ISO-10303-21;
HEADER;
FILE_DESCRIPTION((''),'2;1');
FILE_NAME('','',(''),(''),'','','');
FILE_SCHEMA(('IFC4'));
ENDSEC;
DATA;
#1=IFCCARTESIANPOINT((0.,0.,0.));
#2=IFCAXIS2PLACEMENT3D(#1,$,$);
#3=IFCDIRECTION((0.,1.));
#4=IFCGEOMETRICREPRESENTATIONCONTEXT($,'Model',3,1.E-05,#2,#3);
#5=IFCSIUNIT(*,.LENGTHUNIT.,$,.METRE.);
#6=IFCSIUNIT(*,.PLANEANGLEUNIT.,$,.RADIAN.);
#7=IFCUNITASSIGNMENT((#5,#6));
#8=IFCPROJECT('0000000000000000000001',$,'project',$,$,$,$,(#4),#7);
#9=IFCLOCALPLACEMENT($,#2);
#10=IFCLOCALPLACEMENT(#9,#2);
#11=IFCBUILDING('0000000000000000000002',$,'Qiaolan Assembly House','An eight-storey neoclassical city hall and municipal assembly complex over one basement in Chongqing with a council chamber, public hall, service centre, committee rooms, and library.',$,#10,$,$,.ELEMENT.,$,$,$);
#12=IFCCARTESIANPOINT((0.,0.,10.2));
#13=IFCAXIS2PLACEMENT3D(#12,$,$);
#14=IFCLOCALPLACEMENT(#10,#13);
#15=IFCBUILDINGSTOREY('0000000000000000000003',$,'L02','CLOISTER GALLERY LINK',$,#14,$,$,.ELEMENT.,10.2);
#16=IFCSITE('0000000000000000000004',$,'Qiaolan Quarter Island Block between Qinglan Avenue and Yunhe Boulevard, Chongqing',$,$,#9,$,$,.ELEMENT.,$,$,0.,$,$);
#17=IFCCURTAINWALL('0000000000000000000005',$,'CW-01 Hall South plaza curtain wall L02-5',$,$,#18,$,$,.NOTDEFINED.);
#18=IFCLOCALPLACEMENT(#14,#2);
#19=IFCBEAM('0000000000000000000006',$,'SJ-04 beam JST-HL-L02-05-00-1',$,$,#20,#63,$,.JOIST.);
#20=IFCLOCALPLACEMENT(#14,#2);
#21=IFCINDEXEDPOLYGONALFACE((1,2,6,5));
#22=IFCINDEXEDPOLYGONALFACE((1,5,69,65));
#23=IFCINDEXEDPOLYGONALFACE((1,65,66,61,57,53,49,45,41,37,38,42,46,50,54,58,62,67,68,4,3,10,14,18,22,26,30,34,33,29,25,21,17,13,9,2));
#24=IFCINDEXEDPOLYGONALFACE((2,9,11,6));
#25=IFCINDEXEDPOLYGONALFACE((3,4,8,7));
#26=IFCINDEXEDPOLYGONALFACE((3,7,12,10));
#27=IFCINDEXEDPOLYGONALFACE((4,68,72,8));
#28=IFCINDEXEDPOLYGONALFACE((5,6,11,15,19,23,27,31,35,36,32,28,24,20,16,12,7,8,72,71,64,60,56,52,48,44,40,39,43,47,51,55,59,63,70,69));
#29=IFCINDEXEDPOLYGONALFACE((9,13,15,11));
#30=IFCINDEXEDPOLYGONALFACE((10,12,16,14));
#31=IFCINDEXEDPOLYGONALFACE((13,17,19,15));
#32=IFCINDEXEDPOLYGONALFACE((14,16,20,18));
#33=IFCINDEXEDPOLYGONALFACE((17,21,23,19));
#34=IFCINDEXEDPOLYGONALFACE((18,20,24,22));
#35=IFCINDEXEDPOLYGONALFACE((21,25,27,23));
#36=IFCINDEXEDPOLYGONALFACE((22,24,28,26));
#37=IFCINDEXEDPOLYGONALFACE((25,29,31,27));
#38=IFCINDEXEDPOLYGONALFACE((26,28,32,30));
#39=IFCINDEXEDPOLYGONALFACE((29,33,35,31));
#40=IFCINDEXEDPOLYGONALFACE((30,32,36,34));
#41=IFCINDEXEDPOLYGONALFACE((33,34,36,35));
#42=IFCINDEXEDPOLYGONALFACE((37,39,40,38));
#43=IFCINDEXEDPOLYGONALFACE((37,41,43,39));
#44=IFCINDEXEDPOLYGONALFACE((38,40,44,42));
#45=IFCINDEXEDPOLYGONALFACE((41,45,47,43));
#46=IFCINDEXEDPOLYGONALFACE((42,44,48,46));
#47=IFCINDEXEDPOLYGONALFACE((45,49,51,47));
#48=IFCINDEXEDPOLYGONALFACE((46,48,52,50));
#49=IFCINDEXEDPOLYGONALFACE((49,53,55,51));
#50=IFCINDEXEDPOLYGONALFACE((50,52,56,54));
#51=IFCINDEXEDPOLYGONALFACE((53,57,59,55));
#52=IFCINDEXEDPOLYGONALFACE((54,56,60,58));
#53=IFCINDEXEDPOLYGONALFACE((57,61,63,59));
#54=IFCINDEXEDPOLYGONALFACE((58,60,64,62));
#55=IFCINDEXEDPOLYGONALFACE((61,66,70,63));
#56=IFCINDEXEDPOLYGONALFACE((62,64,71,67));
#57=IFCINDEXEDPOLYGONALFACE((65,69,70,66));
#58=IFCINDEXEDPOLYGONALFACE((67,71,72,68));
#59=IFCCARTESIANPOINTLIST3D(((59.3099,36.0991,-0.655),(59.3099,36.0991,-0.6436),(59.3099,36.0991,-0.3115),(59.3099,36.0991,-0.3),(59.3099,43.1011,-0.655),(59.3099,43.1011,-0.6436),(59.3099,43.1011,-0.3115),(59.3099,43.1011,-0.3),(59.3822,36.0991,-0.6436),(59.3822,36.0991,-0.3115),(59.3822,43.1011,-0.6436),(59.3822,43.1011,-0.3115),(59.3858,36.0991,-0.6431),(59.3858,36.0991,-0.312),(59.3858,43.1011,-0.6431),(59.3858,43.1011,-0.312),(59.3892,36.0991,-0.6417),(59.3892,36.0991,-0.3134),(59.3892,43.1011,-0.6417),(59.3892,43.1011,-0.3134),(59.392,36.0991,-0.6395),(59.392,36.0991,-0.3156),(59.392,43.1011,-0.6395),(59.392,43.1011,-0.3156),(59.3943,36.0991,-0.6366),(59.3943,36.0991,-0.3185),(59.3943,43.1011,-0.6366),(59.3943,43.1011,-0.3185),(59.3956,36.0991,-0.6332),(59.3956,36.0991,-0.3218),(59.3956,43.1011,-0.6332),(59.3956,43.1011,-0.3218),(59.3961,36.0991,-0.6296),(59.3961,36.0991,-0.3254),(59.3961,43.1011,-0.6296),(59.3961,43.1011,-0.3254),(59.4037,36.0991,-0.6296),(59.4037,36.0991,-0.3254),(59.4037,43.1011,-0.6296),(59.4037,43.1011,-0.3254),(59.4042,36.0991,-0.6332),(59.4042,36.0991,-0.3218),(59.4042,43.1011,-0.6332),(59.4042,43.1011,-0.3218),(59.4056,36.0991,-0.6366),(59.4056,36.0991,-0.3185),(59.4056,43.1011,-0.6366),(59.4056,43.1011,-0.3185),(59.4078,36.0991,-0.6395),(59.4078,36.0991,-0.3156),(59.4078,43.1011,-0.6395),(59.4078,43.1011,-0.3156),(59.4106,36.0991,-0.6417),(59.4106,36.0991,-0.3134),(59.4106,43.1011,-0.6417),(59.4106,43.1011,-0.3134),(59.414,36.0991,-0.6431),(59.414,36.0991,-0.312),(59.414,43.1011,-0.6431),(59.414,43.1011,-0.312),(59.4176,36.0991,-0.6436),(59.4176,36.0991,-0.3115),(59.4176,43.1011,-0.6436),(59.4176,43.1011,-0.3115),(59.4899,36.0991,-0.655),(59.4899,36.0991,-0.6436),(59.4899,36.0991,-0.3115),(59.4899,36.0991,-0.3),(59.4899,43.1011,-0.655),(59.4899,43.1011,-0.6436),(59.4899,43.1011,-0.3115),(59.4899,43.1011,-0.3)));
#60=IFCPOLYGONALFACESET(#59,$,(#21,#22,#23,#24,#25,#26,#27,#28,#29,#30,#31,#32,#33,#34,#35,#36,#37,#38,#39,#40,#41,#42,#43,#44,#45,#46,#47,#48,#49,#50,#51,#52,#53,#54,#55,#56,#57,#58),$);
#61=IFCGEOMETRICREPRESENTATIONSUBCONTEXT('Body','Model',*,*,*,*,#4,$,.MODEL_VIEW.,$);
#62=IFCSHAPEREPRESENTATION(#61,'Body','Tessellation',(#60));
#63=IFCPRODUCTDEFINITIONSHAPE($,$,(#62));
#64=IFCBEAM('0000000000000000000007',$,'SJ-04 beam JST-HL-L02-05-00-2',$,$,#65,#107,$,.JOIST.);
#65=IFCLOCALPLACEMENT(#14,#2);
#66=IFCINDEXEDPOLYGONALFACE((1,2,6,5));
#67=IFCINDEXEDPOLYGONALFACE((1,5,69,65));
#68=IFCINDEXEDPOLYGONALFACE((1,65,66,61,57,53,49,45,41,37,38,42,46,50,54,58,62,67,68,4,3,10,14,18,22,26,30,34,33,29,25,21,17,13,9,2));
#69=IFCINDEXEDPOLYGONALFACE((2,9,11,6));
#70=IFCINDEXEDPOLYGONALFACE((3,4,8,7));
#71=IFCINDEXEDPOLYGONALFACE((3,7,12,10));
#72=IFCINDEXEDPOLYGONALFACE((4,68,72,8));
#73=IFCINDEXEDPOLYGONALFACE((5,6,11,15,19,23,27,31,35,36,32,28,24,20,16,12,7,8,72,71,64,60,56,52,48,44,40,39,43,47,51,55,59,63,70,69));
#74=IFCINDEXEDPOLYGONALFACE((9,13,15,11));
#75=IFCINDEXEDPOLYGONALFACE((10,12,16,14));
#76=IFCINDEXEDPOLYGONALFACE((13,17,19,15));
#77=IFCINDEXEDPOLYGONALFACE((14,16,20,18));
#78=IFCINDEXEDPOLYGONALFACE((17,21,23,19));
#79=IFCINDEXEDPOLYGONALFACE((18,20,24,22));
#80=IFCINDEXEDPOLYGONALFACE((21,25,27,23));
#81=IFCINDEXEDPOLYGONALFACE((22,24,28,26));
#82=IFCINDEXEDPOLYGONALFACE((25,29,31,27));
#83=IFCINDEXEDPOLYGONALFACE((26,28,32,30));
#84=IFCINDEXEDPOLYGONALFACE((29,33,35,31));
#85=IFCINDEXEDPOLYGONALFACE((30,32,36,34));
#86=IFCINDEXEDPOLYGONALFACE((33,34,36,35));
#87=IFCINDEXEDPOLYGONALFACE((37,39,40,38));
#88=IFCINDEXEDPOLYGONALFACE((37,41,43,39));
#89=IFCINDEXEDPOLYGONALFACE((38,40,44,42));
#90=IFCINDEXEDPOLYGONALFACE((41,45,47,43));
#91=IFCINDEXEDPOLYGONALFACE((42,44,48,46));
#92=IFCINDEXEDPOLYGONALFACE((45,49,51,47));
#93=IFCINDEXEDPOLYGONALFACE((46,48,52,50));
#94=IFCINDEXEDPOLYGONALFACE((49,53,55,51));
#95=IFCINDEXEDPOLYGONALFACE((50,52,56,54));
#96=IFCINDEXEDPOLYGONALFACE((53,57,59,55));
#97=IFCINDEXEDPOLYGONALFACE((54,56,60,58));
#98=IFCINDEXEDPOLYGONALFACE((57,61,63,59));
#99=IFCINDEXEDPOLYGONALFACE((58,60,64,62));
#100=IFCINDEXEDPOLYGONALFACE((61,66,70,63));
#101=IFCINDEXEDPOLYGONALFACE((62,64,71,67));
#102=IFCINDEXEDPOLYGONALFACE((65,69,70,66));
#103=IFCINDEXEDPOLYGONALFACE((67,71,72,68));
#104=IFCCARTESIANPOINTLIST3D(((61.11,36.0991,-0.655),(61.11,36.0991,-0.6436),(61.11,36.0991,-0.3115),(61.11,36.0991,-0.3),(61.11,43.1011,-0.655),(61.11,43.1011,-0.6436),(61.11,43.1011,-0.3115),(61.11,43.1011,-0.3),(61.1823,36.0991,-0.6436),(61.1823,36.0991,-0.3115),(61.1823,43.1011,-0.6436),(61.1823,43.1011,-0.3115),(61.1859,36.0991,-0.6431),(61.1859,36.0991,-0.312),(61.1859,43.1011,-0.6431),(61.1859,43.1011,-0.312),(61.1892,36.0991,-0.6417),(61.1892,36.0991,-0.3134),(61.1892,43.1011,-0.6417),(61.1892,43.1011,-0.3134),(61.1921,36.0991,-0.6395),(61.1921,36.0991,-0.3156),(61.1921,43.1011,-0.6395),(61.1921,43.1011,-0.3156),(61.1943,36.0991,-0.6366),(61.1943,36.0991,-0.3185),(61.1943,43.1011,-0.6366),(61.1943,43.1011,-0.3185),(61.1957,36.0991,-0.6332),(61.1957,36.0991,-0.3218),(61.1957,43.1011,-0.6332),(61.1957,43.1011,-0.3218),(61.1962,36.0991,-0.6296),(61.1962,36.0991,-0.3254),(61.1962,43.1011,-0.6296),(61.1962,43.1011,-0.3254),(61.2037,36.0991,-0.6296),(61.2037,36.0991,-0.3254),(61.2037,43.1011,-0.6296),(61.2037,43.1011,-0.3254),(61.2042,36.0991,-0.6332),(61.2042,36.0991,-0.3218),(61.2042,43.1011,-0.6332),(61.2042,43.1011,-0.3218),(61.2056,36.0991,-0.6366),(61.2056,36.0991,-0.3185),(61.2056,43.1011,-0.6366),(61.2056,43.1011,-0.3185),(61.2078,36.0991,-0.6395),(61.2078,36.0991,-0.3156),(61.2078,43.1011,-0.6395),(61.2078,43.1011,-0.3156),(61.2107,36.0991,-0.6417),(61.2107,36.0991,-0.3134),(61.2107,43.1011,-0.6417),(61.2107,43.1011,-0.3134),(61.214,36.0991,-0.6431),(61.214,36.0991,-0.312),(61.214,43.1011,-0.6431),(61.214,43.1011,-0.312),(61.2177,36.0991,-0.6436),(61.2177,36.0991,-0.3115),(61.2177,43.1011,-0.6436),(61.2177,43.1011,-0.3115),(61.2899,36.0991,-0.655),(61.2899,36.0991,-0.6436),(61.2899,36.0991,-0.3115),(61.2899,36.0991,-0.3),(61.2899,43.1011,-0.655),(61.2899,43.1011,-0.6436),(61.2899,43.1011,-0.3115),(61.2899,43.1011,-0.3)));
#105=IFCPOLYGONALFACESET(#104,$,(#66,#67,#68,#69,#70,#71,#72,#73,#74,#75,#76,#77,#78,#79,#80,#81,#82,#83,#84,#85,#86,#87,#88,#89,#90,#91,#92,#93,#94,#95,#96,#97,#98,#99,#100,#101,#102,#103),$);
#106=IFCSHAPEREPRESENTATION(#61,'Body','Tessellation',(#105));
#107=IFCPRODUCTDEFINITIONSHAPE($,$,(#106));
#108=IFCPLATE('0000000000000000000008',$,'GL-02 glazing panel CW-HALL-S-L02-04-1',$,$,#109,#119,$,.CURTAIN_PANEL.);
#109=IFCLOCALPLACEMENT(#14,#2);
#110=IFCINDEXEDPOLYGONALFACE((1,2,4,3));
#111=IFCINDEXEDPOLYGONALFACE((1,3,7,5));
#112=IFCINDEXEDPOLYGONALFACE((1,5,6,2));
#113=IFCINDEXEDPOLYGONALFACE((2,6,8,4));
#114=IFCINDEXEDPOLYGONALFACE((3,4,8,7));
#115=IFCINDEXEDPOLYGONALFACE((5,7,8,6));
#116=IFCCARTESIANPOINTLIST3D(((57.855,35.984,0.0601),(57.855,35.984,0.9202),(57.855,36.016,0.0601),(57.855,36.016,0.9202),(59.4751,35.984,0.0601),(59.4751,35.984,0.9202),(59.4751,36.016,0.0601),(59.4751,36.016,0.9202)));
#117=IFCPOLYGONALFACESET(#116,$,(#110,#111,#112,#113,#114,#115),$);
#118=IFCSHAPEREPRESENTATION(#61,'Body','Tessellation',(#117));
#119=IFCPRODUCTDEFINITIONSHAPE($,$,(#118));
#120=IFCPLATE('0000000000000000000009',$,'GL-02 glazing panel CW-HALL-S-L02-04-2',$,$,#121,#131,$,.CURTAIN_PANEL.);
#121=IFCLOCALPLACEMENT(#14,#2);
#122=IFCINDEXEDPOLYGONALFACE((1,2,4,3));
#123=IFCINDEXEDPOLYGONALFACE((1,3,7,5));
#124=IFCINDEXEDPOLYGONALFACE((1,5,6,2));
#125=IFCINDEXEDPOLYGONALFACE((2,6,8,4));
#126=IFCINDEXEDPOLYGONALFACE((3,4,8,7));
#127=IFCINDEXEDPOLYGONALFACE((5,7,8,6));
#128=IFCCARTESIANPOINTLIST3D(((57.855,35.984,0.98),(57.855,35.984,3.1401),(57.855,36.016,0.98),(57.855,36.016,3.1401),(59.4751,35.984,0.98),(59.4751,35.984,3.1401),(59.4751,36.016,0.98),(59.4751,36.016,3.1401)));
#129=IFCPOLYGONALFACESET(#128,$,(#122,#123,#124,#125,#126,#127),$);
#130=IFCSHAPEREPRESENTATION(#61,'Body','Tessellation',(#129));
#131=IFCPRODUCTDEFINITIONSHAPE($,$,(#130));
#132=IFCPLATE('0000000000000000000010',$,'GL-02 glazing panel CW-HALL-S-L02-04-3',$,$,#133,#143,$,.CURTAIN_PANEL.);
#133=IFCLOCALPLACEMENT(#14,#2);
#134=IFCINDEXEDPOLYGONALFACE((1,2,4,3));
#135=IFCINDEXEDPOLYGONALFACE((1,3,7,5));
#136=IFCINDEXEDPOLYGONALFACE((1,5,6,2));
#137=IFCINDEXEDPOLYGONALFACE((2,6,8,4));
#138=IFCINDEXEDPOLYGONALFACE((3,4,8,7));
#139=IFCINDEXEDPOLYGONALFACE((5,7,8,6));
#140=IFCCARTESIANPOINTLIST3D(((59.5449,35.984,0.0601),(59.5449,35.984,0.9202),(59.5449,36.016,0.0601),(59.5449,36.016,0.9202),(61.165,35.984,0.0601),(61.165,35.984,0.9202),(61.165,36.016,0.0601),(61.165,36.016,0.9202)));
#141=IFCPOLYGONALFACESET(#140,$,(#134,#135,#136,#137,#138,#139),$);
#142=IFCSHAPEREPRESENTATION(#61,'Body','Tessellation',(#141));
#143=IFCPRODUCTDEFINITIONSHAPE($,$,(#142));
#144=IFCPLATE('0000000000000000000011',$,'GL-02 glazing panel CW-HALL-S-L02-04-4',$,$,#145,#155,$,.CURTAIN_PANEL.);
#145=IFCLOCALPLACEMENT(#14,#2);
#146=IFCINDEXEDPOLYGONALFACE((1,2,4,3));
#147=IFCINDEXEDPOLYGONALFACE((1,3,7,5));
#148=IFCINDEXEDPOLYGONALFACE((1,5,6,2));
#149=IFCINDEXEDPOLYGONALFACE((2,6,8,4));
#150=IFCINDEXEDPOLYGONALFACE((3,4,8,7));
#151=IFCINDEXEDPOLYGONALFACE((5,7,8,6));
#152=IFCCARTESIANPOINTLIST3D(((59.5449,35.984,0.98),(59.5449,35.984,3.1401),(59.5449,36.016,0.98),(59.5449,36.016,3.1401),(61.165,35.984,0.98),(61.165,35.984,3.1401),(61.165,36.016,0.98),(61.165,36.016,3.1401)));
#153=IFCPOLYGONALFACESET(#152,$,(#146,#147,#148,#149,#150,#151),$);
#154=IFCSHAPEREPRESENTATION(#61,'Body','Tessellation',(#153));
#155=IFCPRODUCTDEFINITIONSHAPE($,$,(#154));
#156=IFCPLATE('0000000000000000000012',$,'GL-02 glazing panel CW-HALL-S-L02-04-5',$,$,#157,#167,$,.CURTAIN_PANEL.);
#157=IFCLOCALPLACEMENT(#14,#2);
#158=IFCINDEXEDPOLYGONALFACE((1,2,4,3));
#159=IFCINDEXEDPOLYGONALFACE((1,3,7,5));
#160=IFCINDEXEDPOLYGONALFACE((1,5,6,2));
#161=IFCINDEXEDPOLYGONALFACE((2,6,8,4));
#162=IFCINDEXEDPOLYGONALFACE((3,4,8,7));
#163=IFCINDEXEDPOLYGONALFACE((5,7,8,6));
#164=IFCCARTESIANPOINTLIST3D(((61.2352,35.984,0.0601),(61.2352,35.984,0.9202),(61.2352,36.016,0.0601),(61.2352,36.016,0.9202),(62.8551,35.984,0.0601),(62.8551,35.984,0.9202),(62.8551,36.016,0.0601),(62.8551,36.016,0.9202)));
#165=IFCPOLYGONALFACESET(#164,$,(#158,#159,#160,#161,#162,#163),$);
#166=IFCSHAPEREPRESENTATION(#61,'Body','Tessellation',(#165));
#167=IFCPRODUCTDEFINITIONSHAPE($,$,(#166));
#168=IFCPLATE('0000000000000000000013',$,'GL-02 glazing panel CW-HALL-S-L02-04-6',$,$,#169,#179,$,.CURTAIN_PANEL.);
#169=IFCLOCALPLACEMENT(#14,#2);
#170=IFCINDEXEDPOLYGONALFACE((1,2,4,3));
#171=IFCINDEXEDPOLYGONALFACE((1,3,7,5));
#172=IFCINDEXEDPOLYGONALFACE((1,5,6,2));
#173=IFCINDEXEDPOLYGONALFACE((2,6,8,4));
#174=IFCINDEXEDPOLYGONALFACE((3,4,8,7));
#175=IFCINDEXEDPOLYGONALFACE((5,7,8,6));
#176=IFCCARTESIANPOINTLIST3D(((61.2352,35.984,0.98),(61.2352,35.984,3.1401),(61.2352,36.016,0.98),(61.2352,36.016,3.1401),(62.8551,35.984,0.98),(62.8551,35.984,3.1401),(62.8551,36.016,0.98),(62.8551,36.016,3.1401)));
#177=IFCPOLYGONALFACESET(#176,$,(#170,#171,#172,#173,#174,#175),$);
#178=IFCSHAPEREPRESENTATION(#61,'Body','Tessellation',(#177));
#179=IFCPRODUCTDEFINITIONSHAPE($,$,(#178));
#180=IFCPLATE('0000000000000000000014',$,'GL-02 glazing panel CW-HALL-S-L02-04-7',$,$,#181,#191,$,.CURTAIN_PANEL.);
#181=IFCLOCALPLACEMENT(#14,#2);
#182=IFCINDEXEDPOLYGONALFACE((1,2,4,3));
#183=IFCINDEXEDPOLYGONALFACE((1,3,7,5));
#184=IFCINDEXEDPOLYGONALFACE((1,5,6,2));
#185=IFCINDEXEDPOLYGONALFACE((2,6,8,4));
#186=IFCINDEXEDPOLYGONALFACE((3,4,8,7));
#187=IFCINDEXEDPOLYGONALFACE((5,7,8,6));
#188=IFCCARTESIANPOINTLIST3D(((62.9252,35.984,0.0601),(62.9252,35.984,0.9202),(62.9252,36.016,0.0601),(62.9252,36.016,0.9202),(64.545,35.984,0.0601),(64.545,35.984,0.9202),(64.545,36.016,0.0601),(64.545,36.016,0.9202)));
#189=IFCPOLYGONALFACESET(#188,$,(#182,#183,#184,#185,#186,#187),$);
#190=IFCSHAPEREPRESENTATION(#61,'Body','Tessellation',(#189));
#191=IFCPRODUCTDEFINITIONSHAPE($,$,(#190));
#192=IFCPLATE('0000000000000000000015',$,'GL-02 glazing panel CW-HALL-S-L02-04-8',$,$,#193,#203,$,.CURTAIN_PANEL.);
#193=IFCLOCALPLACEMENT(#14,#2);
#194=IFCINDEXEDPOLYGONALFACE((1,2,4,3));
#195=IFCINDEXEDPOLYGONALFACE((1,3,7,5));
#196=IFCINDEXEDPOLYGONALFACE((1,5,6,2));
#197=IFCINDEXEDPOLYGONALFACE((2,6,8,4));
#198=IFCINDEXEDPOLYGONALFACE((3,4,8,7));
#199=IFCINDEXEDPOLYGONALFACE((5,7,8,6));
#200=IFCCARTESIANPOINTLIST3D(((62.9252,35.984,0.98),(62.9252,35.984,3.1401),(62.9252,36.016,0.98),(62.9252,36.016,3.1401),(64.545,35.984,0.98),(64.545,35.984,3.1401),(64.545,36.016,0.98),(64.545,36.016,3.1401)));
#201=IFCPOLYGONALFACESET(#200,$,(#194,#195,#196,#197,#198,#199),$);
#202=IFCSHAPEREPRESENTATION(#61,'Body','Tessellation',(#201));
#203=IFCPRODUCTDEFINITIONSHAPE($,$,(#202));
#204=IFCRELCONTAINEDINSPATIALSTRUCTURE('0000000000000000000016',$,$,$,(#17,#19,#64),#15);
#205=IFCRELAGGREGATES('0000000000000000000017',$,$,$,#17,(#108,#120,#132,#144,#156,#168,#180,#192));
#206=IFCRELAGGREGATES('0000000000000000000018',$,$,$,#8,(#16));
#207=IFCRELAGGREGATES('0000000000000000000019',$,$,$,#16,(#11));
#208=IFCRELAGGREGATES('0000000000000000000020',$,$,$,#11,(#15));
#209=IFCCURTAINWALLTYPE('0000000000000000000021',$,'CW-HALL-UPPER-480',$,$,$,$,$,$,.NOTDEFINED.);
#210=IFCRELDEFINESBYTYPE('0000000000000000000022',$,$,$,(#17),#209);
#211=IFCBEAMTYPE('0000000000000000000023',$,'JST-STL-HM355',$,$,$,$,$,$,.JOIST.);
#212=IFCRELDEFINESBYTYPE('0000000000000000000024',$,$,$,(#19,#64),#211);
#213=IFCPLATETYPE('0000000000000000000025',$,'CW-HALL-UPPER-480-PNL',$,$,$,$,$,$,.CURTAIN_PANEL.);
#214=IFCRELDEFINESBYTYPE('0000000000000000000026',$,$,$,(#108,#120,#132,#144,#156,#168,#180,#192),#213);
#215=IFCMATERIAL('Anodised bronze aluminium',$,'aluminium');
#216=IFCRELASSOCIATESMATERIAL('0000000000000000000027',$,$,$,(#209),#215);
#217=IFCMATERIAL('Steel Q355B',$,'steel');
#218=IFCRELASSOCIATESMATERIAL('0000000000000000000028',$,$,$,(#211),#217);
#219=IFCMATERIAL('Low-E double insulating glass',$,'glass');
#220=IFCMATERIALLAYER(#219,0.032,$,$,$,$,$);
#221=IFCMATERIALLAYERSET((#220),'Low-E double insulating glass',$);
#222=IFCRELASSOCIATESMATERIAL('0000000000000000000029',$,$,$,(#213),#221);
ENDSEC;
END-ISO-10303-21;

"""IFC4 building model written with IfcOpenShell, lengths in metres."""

from ifc_helpers import new_model, si_unit, direction, frame, frame_2d, origin, origin_2d, place, context, subcontext, project, spatial, rectangle, i_section, extrude, material, layer, layer_set, material_profile, profile_set, type_object, element, aggregate, save


model = new_model("IFC4")

# Units and contexts
model_context = context("Model", 3, precision=1e-05, world=origin(), true_north=direction((0.0, 1.0)))
body_context = subcontext(model_context, "Body", "Model", "MODEL_VIEW")
ifc_project = project(units=[si_unit("LENGTHUNIT", "METRE"), si_unit("PLANEANGLEUNIT", "RADIAN")], contexts=[model_context])

# Site, building, storey
site_placement = place(None, origin())
site = spatial("IfcSite", under=ifc_project, at=site_placement, Name="Qiaolan Quarter Island Block between Qinglan Avenue and Yunhe Boulevard, Chongqing", CompositionType="ELEMENT", RefElevation=0.0)
building_placement = place(site_placement, origin())
building = spatial("IfcBuilding", under=site, at=building_placement, Name="Qiaolan Assembly House", Description="An eight-storey neoclassical city hall and municipal assembly complex over one basement in Chongqing with a council chamber, public hall, service centre, committee rooms, and library.", CompositionType="ELEMENT")
storey_placement = place(building_placement, frame((0.0, 0.0, 10.2)))
storey = spatial("IfcBuildingStorey", under=building, at=storey_placement, Name="L02", Description="CLOISTER GALLERY LINK", CompositionType="ELEMENT", Elevation=10.2)

# Curtain wall
ifc_material_1 = material(Name="Anodised bronze aluminium", Category="aluminium")
curtain_wall_type = type_object("IfcCurtainWallType", Name="CW-HALL-UPPER-480", PredefinedType="NOTDEFINED", material=ifc_material_1)
curtain_wall_placement = place(storey_placement, origin())
curtain_wall = element("IfcCurtainWall", 1, at=curtain_wall_placement, inside=storey, type_object=curtain_wall_type, Name="CW-01 Hall South plaza curtain wall L02-5", PredefinedType="NOTDEFINED")

# Beams
ifc_material_2 = material(Name="Steel Q355B", Category="steel")
ifc_material_profile_1 = material_profile(ifc_material_2, i_section(OverallWidth=0.1799, OverallDepth=0.355, WebThickness=0.0076, FlangeThickness=0.0115, FilletRadius=0.0139, at=origin_2d()), Name="HM 355x180x7.5x11.5")
ifc_profile_set_1 = profile_set([ifc_material_profile_1], Name="Steel Q355B")
beam_type = type_object("IfcBeamType", Name="JST-STL-HM355", PredefinedType="JOIST", material=ifc_profile_set_1)
for number, where, z_axis, x_axis, name in (
    (2, (59.3999, 36.0991, -0.4775), (0.0, 1.0, 0.0), (-1.0, 0.0, 0.0), "SJ-04 beam JST-HL-L02-05-00-1"),
    (3, (61.2, 36.0991, -0.4775), (0.0, 1.0, 0.0), (-1.0, 0.0, 0.0), "SJ-04 beam JST-HL-L02-05-00-2"),
):
    element("IfcBeam", number, at=place(storey_placement, frame(where, z_axis=z_axis, x_axis=x_axis)), inside=storey, type_object=beam_type, Name=name, PredefinedType="JOIST", context=body_context, shape_type="SweptSolid", body=[
        extrude(i_section(OverallWidth=0.1799, OverallDepth=0.355, WebThickness=0.0076, FlangeThickness=0.0115, FilletRadius=0.0139, at=origin_2d()), origin(), (0.0, 0.0, 1.0), 7.002),
    ])

# Plates
ifc_material_3 = material(Name="Low-E double insulating glass", Category="glass")
ifc_layer = layer(ifc_material_3, 0.032)
ifc_layer_set = layer_set([ifc_layer], Name="Low-E double insulating glass")
plate_type = type_object("IfcPlateType", Name="CW-HALL-UPPER-480-PNL", PredefinedType="CURTAIN_PANEL", material=ifc_layer_set)
plate_1_placement = place(storey_placement, frame((57.855, 36.0, 0.0601), z_axis=(0.0, 0.0, 1.0), x_axis=(1.0, 0.0, 0.0)))
plate_1 = element("IfcPlate", 4, at=plate_1_placement, type_object=plate_type, Name="GL-02 glazing panel CW-HALL-S-L02-04-1", PredefinedType="CURTAIN_PANEL", context=body_context, shape_type="SweptSolid", body=[
    extrude(rectangle(XDim=1.6201, YDim=0.032, at=frame_2d((0.8101, 0.0))), origin(), (0.0, 0.0, 1.0), 0.8601),
])
plate_2_placement = place(storey_placement, frame((57.855, 36.0, 0.98), z_axis=(0.0, 0.0, 1.0), x_axis=(1.0, 0.0, 0.0)))
plate_2 = element("IfcPlate", 5, at=plate_2_placement, type_object=plate_type, Name="GL-02 glazing panel CW-HALL-S-L02-04-2", PredefinedType="CURTAIN_PANEL", context=body_context, shape_type="SweptSolid", body=[
    extrude(rectangle(XDim=1.6201, YDim=0.032, at=frame_2d((0.8101, 0.0))), origin(), (0.0, 0.0, 1.0), 2.1602),
])
plate_3_placement = place(storey_placement, frame((59.5449, 36.0, 0.0601), z_axis=(0.0, 0.0, 1.0), x_axis=(1.0, 0.0, 0.0)))
plate_3 = element("IfcPlate", 6, at=plate_3_placement, type_object=plate_type, Name="GL-02 glazing panel CW-HALL-S-L02-04-3", PredefinedType="CURTAIN_PANEL", context=body_context, shape_type="SweptSolid", body=[
    extrude(rectangle(XDim=1.6201, YDim=0.032, at=frame_2d((0.8101, 0.0))), origin(), (0.0, 0.0, 1.0), 0.8601),
])
plate_4_placement = place(storey_placement, frame((59.5449, 36.0, 0.98), z_axis=(0.0, 0.0, 1.0), x_axis=(1.0, 0.0, 0.0)))
plate_4 = element("IfcPlate", 7, at=plate_4_placement, type_object=plate_type, Name="GL-02 glazing panel CW-HALL-S-L02-04-4", PredefinedType="CURTAIN_PANEL", context=body_context, shape_type="SweptSolid", body=[
    extrude(rectangle(XDim=1.6201, YDim=0.032, at=frame_2d((0.8101, 0.0))), origin(), (0.0, 0.0, 1.0), 2.1602),
])
plate_5_placement = place(storey_placement, frame((61.2351, 36.0, 0.0601), z_axis=(0.0, 0.0, 1.0), x_axis=(1.0, 0.0, 0.0)))
plate_5 = element("IfcPlate", 8, at=plate_5_placement, type_object=plate_type, Name="GL-02 glazing panel CW-HALL-S-L02-04-5", PredefinedType="CURTAIN_PANEL", context=body_context, shape_type="SweptSolid", body=[
    extrude(rectangle(XDim=1.6199, YDim=0.032, at=frame_2d((0.8101, 0.0))), origin(), (0.0, 0.0, 1.0), 0.8601),
])
plate_6_placement = place(storey_placement, frame((61.2351, 36.0, 0.98), z_axis=(0.0, 0.0, 1.0), x_axis=(1.0, 0.0, 0.0)))
plate_6 = element("IfcPlate", 9, at=plate_6_placement, type_object=plate_type, Name="GL-02 glazing panel CW-HALL-S-L02-04-6", PredefinedType="CURTAIN_PANEL", context=body_context, shape_type="SweptSolid", body=[
    extrude(rectangle(XDim=1.6199, YDim=0.032, at=frame_2d((0.8101, 0.0))), origin(), (0.0, 0.0, 1.0), 2.1602),
])
plate_7_placement = place(storey_placement, frame((62.925, 36.0, 0.0601), z_axis=(0.0, 0.0, 1.0), x_axis=(1.0, 0.0, 0.0)))
plate_7 = element("IfcPlate", 10, at=plate_7_placement, type_object=plate_type, Name="GL-02 glazing panel CW-HALL-S-L02-04-7", PredefinedType="CURTAIN_PANEL", context=body_context, shape_type="SweptSolid", body=[
    extrude(rectangle(XDim=1.6199, YDim=0.032, at=frame_2d((0.8101, 0.0))), origin(), (0.0, 0.0, 1.0), 0.8601),
])
plate_8_placement = place(storey_placement, frame((62.925, 36.0, 0.98), z_axis=(0.0, 0.0, 1.0), x_axis=(1.0, 0.0, 0.0)))
plate_8 = element("IfcPlate", 11, at=plate_8_placement, type_object=plate_type, Name="GL-02 glazing panel CW-HALL-S-L02-04-8", PredefinedType="CURTAIN_PANEL", context=body_context, shape_type="SweptSolid", body=[
    extrude(rectangle(XDim=1.6199, YDim=0.032, at=frame_2d((0.8101, 0.0))), origin(), (0.0, 0.0, 1.0), 2.1602),
])
aggregate(curtain_wall, [plate_1, plate_2, plate_3, plate_4, plate_5, plate_6, plate_7, plate_8])

save(model, "model.ifc")
